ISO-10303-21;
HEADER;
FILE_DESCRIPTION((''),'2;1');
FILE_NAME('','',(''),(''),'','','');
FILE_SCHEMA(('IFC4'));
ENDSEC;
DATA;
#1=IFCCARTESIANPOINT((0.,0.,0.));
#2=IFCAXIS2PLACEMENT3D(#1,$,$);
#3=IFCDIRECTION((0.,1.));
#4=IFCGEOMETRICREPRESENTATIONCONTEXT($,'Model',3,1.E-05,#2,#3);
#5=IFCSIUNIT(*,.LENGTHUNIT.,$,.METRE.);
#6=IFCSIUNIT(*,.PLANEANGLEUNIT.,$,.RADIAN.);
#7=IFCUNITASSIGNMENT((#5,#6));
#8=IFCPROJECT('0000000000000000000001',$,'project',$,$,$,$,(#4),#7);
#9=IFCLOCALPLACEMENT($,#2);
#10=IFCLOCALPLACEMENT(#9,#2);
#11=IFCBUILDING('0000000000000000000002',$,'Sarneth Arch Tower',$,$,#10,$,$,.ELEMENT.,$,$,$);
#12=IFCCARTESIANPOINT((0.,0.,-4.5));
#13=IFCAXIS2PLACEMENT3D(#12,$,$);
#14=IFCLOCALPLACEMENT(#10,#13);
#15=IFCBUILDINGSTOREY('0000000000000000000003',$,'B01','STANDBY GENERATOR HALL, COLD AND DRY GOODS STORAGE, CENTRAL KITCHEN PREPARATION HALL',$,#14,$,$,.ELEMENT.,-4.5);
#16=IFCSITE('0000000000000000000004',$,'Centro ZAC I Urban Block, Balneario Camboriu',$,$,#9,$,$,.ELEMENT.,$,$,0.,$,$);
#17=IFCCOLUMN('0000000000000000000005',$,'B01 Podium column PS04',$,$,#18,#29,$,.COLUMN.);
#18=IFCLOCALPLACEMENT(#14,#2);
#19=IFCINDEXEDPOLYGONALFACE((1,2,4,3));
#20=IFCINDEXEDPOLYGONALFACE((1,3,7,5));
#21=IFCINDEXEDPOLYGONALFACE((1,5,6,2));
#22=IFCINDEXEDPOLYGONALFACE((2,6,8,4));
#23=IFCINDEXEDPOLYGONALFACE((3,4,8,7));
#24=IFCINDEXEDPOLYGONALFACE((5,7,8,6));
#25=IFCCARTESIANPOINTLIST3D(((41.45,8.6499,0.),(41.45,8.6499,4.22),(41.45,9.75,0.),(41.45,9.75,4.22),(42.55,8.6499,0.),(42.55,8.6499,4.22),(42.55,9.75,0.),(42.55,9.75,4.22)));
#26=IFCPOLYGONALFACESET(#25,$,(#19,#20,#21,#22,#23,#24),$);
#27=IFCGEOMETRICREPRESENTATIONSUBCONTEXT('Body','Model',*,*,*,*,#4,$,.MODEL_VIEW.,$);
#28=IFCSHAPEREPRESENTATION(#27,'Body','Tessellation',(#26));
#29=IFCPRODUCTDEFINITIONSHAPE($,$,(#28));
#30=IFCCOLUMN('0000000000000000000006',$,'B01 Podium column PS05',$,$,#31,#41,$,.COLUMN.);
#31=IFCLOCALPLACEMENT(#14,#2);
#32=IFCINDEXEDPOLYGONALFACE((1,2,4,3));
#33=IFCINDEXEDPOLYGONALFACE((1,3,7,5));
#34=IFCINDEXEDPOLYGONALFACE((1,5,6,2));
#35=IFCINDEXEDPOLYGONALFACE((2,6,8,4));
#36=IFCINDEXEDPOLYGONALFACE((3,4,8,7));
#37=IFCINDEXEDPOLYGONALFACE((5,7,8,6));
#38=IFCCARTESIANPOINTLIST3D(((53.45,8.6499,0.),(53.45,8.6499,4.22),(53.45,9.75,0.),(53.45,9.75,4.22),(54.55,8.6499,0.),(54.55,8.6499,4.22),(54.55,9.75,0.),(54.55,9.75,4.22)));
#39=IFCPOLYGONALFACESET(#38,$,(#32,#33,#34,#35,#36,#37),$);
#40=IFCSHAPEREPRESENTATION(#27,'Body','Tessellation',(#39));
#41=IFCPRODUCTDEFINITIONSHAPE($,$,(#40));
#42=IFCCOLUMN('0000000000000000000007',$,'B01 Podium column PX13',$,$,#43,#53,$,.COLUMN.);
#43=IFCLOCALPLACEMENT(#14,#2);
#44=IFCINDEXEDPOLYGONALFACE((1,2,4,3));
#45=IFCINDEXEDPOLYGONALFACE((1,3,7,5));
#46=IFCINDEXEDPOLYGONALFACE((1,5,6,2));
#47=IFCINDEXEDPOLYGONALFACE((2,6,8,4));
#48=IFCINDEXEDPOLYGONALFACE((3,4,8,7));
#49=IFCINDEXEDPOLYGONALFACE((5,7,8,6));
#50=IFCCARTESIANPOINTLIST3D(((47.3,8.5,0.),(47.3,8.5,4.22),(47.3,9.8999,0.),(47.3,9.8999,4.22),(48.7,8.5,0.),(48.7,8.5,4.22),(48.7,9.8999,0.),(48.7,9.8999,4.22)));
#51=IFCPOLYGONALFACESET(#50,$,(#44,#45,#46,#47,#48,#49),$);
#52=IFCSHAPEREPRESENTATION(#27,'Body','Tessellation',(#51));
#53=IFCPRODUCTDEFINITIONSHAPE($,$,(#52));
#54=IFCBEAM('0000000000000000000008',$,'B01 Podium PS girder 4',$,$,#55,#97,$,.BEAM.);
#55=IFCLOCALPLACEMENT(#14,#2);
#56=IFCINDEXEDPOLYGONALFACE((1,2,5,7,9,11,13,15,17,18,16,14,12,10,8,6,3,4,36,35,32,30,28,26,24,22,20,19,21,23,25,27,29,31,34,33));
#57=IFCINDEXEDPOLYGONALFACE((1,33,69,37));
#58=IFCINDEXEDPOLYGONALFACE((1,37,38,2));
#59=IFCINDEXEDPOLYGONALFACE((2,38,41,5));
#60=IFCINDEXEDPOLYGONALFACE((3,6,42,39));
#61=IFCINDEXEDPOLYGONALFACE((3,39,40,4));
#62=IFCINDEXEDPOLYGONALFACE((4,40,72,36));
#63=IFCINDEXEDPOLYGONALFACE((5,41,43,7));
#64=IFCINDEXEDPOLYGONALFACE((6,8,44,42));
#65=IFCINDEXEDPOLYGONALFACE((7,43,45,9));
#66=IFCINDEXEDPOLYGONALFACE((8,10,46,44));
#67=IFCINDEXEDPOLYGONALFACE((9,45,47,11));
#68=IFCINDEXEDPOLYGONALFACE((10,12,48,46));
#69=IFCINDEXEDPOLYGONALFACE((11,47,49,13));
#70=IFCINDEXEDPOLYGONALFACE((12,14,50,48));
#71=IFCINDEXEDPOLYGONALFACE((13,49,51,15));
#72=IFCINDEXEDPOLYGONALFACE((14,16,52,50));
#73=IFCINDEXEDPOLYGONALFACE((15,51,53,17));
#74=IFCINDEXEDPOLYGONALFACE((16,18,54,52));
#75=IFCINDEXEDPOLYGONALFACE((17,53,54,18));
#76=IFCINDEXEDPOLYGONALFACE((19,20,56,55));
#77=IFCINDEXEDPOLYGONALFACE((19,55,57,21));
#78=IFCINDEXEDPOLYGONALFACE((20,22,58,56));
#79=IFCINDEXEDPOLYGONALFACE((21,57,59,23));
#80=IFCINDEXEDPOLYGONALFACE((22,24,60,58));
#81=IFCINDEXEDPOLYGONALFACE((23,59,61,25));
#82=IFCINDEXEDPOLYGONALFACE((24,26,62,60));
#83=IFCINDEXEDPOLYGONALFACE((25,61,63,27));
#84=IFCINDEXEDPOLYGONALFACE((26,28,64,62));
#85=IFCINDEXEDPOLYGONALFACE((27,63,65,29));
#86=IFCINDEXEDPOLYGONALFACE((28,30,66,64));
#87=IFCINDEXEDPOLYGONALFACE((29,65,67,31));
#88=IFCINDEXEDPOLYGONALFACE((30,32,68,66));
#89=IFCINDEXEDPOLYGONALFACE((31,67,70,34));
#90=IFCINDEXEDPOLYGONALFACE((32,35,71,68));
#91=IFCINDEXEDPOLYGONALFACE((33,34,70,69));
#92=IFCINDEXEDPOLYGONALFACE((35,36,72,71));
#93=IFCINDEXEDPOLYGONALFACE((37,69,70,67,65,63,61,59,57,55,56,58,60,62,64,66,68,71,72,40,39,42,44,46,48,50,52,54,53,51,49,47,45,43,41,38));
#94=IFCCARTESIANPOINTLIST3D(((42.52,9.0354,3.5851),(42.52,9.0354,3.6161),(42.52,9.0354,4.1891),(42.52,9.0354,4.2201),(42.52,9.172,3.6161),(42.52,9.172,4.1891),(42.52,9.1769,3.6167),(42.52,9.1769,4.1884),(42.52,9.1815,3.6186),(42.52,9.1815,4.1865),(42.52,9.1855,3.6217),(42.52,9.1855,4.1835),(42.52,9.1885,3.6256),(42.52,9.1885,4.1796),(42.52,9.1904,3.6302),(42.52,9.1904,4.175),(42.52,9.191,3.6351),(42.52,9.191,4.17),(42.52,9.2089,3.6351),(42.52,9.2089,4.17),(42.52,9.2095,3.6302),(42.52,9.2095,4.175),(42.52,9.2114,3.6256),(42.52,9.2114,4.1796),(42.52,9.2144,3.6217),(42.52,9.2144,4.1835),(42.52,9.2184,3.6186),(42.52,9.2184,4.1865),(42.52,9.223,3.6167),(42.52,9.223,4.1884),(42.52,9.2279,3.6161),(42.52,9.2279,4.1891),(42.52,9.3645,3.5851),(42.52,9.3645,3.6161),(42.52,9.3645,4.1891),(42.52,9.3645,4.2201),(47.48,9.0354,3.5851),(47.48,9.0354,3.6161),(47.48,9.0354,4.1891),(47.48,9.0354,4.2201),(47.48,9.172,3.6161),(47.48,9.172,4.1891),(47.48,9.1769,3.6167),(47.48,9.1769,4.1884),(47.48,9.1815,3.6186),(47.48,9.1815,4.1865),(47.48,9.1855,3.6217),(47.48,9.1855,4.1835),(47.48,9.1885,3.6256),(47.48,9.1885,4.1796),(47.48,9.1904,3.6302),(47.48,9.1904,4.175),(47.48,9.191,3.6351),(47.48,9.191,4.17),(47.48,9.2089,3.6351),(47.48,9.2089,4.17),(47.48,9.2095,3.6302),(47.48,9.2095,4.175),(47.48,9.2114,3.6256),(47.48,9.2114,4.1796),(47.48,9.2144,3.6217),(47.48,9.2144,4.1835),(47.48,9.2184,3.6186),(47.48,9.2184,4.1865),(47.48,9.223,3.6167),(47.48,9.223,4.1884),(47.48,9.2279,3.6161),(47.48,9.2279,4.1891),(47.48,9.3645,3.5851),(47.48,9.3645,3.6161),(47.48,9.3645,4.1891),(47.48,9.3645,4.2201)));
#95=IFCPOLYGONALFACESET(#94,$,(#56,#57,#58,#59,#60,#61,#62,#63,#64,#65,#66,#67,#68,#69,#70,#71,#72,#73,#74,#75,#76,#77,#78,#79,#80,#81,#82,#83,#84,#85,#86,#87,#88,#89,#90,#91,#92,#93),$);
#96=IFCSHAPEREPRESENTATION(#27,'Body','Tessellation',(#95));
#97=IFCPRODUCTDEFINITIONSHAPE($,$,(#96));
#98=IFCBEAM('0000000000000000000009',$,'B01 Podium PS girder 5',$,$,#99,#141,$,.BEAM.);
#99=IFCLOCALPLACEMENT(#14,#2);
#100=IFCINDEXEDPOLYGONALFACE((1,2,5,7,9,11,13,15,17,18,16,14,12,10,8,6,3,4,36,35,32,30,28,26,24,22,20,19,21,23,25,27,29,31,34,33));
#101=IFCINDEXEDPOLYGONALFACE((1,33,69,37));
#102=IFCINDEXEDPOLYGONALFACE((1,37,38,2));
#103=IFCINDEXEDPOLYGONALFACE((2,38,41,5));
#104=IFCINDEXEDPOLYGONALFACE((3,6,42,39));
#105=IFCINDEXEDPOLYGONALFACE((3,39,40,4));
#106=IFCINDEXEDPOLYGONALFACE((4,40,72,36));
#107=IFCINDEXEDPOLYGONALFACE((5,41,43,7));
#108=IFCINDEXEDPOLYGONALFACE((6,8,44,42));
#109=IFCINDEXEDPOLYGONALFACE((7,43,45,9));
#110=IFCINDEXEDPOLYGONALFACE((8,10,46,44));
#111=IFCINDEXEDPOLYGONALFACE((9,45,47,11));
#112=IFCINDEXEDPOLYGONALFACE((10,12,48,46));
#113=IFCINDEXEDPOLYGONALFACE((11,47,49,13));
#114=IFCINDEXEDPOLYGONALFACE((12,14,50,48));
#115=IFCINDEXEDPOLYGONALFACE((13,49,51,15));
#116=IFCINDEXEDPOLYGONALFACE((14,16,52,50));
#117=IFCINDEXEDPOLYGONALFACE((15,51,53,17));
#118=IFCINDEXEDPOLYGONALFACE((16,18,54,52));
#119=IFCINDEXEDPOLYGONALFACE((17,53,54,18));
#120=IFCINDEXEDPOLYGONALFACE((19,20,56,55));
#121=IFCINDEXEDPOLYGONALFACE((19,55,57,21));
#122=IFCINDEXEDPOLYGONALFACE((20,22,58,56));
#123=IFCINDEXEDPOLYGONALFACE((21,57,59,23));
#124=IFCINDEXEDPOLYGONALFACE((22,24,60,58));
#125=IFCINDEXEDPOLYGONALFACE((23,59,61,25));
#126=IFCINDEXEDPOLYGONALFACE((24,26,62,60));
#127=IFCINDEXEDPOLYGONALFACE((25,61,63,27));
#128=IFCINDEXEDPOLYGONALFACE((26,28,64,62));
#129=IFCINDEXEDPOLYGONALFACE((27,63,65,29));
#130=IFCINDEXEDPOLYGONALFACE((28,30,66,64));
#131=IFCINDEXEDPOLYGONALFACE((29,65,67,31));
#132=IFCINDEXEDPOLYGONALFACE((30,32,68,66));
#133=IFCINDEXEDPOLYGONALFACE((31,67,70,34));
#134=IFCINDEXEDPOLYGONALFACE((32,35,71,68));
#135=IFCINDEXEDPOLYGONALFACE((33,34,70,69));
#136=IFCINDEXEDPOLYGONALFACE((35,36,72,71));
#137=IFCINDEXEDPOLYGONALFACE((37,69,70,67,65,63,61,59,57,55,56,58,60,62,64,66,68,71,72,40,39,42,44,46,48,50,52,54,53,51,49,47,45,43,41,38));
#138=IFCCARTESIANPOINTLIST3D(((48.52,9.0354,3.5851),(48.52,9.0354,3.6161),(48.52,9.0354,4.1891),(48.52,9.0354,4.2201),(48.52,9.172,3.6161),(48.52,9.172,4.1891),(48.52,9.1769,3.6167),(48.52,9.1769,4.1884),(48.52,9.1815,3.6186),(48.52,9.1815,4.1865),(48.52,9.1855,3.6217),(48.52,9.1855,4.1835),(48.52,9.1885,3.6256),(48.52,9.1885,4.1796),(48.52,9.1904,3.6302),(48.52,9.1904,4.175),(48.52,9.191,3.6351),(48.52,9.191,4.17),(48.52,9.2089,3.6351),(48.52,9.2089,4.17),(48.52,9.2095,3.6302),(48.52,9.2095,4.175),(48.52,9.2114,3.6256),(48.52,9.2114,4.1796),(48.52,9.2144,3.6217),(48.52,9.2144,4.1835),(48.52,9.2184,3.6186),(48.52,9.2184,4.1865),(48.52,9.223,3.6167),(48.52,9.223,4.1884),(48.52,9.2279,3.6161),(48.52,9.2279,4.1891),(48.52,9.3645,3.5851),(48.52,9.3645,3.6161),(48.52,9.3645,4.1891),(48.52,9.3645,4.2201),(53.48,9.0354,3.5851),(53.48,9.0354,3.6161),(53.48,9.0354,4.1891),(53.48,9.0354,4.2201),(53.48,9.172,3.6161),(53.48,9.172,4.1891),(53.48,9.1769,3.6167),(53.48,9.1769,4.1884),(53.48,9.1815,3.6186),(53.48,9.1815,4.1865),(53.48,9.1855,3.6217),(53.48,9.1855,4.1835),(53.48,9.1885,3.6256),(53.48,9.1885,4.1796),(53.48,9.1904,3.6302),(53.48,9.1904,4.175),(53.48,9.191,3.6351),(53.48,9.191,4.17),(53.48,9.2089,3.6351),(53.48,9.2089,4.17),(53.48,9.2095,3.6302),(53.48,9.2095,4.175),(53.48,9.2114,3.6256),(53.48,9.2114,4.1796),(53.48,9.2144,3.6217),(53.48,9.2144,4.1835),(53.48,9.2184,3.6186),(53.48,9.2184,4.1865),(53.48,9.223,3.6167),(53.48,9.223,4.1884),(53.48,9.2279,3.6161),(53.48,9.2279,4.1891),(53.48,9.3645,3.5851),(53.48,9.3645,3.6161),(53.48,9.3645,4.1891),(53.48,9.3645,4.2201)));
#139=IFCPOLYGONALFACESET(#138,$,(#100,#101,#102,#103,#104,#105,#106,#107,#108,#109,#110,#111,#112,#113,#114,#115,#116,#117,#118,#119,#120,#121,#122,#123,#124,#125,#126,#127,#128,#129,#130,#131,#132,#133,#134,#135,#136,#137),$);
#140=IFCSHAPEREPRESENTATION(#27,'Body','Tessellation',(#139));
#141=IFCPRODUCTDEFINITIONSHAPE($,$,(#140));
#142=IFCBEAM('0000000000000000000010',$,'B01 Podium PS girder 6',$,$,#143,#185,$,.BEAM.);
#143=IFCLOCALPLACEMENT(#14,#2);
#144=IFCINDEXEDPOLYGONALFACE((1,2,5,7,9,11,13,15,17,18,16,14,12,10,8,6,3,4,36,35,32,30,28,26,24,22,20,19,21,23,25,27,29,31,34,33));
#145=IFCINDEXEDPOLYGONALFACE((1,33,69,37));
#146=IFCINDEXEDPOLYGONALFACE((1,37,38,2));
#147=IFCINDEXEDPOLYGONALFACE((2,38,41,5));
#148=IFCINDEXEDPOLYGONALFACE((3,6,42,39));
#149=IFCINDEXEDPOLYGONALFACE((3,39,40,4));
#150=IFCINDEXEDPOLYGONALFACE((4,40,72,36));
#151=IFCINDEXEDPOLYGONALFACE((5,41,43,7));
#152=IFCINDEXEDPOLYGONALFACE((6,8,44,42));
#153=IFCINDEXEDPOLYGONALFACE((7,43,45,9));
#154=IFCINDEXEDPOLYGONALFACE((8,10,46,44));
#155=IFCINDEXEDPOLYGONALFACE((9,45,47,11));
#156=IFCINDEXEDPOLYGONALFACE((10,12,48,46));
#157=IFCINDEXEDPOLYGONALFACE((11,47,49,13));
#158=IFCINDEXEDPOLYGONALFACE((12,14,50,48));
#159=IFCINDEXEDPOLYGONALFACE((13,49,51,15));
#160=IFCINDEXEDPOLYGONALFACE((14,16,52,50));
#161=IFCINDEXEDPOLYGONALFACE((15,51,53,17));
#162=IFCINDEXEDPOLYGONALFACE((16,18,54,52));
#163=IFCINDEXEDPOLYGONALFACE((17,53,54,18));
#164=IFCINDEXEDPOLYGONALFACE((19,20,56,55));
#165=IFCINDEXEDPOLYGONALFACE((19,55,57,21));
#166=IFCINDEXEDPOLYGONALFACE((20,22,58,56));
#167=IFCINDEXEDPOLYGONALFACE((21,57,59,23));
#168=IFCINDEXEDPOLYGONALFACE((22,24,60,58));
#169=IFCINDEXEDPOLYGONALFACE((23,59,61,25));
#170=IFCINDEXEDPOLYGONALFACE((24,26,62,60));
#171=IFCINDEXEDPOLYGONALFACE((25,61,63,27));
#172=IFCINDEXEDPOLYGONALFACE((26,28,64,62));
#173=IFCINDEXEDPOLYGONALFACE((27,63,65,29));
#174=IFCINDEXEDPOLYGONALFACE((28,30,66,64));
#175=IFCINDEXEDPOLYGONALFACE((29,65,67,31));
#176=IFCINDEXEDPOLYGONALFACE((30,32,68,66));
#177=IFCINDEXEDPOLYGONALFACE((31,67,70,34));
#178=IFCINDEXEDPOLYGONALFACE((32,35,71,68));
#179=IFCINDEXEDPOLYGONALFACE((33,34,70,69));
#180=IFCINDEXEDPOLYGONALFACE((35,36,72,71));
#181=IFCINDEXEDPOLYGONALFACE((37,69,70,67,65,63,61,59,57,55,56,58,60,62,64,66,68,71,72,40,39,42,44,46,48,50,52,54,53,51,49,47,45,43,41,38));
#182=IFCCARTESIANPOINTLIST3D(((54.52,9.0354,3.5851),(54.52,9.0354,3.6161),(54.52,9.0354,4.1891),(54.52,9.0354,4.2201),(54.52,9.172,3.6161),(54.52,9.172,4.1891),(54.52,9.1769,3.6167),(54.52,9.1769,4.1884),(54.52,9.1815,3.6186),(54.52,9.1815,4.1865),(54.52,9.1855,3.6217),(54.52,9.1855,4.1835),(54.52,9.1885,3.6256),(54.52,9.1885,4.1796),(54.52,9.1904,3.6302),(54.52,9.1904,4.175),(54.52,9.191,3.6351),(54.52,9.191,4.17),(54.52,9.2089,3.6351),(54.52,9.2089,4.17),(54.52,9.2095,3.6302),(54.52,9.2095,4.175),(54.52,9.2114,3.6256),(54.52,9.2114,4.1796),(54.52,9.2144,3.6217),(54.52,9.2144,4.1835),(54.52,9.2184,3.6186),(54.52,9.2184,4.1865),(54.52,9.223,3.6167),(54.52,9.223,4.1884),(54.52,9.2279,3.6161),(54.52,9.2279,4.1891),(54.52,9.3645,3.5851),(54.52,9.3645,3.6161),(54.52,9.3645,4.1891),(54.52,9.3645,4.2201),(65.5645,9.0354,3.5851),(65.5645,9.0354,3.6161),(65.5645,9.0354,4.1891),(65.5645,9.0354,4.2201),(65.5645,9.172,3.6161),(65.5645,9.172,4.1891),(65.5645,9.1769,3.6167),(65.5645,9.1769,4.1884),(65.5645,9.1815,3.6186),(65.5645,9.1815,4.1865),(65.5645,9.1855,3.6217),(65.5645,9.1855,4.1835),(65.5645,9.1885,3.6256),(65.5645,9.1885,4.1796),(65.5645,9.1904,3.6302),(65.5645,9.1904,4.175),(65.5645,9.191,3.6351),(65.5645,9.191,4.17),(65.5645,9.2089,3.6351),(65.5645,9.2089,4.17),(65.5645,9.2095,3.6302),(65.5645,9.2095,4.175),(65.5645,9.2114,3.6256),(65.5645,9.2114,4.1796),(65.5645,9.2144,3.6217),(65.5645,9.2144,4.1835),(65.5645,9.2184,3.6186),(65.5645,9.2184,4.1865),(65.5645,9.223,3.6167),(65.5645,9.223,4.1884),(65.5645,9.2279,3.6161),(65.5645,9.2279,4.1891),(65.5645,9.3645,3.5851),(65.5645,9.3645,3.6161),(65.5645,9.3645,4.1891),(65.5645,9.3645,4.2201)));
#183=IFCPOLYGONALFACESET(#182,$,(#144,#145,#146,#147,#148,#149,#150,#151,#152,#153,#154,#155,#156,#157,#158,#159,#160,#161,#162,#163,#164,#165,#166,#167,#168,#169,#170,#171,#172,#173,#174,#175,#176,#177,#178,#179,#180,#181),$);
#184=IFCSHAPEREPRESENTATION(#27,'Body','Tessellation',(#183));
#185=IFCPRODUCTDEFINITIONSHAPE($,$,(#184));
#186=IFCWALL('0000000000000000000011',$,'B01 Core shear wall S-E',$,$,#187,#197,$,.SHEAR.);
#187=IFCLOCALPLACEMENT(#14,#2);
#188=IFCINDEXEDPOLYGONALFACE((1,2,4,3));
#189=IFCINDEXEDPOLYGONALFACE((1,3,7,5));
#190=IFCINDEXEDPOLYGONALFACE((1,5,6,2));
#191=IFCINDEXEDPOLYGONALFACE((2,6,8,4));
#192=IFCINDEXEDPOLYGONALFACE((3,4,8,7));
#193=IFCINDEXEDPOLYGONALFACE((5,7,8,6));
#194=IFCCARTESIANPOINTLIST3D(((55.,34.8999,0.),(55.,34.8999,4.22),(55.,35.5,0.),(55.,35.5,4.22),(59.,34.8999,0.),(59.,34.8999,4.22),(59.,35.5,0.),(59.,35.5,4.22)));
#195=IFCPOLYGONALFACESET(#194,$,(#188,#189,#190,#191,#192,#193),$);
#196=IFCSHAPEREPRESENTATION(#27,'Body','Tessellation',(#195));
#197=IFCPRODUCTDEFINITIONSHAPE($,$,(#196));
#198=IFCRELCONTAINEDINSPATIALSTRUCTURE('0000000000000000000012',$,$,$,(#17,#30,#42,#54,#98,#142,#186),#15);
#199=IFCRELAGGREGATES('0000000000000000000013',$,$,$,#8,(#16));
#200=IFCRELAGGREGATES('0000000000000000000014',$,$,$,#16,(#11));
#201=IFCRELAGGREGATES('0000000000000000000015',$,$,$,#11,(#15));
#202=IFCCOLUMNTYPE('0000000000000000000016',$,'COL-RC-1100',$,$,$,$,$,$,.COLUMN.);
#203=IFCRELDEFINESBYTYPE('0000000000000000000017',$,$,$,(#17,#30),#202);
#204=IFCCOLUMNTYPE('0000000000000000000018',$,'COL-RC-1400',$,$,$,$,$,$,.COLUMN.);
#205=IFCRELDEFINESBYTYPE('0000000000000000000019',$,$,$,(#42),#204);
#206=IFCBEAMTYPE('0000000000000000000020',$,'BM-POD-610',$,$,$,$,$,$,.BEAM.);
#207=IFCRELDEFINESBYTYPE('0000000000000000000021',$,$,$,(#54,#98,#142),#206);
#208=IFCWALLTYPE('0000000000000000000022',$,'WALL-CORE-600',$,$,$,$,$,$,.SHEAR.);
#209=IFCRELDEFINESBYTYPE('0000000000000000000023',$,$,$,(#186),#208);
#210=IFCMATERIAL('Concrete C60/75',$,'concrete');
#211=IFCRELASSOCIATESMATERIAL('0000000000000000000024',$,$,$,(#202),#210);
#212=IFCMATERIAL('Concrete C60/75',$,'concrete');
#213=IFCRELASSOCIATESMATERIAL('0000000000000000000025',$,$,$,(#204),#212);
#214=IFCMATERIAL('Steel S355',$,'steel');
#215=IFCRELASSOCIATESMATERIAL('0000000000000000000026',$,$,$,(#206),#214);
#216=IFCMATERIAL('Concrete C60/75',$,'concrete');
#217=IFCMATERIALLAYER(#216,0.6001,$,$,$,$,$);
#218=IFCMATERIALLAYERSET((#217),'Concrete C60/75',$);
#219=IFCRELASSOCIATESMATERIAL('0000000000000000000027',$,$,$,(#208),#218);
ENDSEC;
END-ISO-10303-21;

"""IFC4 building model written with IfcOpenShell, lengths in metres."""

from ifc_helpers import new_model, si_unit, direction, frame, frame_2d, origin, origin_2d, place, context, subcontext, project, spatial, rectangle, i_section, extrude, material, layer, layer_set, material_profile, profile_set, type_object, element, save


model = new_model("IFC4")

# Units and contexts
model_context = context("Model", 3, precision=1e-05, world=origin(), true_north=direction((0.0, 1.0)))
body_context = subcontext(model_context, "Body", "Model", "MODEL_VIEW")
ifc_project = project(units=[si_unit("LENGTHUNIT", "METRE"), si_unit("PLANEANGLEUNIT", "RADIAN")], contexts=[model_context])

# Site, building, storey
site_placement = place(None, origin())
site = spatial("IfcSite", under=ifc_project, at=site_placement, Name="Centro ZAC I Urban Block, Balneario Camboriu", CompositionType="ELEMENT", RefElevation=0.0)
building_placement = place(site_placement, origin())
building = spatial("IfcBuilding", under=site, at=building_placement, Name="Sarneth Arch Tower", CompositionType="ELEMENT")
storey_placement = place(building_placement, frame((0.0, 0.0, -4.5)))
storey = spatial("IfcBuildingStorey", under=building, at=storey_placement, Name="B01", Description="STANDBY GENERATOR HALL, COLD AND DRY GOODS STORAGE, CENTRAL KITCHEN PREPARATION HALL", CompositionType="ELEMENT", Elevation=-4.5)

# Columns
ifc_material_1 = material(Name="Concrete C60/75", Category="concrete")
ifc_material_profile_1 = material_profile(ifc_material_1, rectangle(XDim=1.1001, YDim=1.1001, at=origin_2d()), Name="RC-1100x1100")
ifc_profile_set_1 = profile_set([ifc_material_profile_1], Name="Concrete C60/75")
column_type_1 = type_object("IfcColumnType", Name="COL-RC-1100", PredefinedType="COLUMN", material=ifc_profile_set_1)
for number, where, z_axis, x_axis, name in (
    (1, (42.0, 9.2, 0.0), (0.0, 0.0, 1.0), (1.0, 0.0, 0.0), "B01 Podium column PS04"),
    (2, (54.0, 9.2, 0.0), (0.0, 0.0, 1.0), (1.0, 0.0, 0.0), "B01 Podium column PS05"),
):
    element("IfcColumn", number, at=place(storey_placement, frame(where, z_axis=z_axis, x_axis=x_axis)), inside=storey, type_object=column_type_1, Name=name, PredefinedType="COLUMN", context=body_context, shape_type="SweptSolid", body=[
        extrude(rectangle(XDim=1.1001, YDim=1.1001, at=origin_2d()), origin(), (0.0, 0.0, 1.0), 4.22),
    ])
ifc_material_2 = material(Name="Concrete C60/75", Category="concrete")
ifc_material_profile_2 = material_profile(ifc_material_2, rectangle(XDim=1.3999, YDim=1.3999, at=origin_2d()), Name="RC-1400x1400")
ifc_profile_set_2 = profile_set([ifc_material_profile_2], Name="Concrete C60/75")
column_type_2 = type_object("IfcColumnType", Name="COL-RC-1400", PredefinedType="COLUMN", material=ifc_profile_set_2)
column_placement = place(storey_placement, frame((48.0, 9.2, 0.0), z_axis=(0.0, 0.0, 1.0), x_axis=(1.0, 0.0, 0.0)))
element("IfcColumn", 3, at=column_placement, inside=storey, type_object=column_type_2, Name="B01 Podium column PX13", PredefinedType="COLUMN", context=body_context, shape_type="SweptSolid", body=[
    extrude(rectangle(XDim=1.3999, YDim=1.3999, at=origin_2d()), origin(), (0.0, 0.0, 1.0), 4.22),
])

# Beams
ifc_material_3 = material(Name="Steel S355", Category="steel")
ifc_material_profile_3 = material_profile(ifc_material_3, i_section(OverallWidth=0.3291, OverallDepth=0.635, WebThickness=0.0178, FlangeThickness=0.031, FilletRadius=0.019, at=origin_2d()), Name="W610x241")
ifc_profile_set_3 = profile_set([ifc_material_profile_3], Name="Steel S355")
beam_type = type_object("IfcBeamType", Name="BM-POD-610", PredefinedType="BEAM", material=ifc_profile_set_3)
for number, where, z_axis, x_axis, name in (
    (4, (42.52, 9.2, 3.9026), (1.0, 0.0, 0.0), (0.0, 1.0, 0.0), "B01 Podium PS girder 4"),
    (5, (48.52, 9.2, 3.9026), (1.0, 0.0, 0.0), (0.0, 1.0, 0.0), "B01 Podium PS girder 5"),
):
    element("IfcBeam", number, at=place(storey_placement, frame(where, z_axis=z_axis, x_axis=x_axis)), inside=storey, type_object=beam_type, Name=name, PredefinedType="BEAM", context=body_context, shape_type="SweptSolid", body=[
        extrude(i_section(OverallWidth=0.3291, OverallDepth=0.635, WebThickness=0.0178, FlangeThickness=0.031, FilletRadius=0.019, at=origin_2d()), origin(), (0.0, 0.0, 1.0), 4.96),
    ])
beam_placement = place(storey_placement, frame((54.52, 9.2, 3.9026), z_axis=(1.0, 0.0, 0.0), x_axis=(0.0, 1.0, 0.0)))
element("IfcBeam", 6, at=beam_placement, inside=storey, type_object=beam_type, Name="B01 Podium PS girder 6", PredefinedType="BEAM", context=body_context, shape_type="SweptSolid", body=[
    extrude(i_section(OverallWidth=0.3291, OverallDepth=0.635, WebThickness=0.0178, FlangeThickness=0.031, FilletRadius=0.019, at=origin_2d()), origin(), (0.0, 0.0, 1.0), 11.0444),
])

# Wall
ifc_material_4 = material(Name="Concrete C60/75", Category="concrete")
ifc_layer_1 = layer(ifc_material_4, 0.6001)
ifc_layer_set_1 = layer_set([ifc_layer_1], Name="Concrete C60/75")
wall_type_1 = type_object("IfcWallType", Name="WALL-CORE-600", PredefinedType="SHEAR", material=ifc_layer_set_1)
wall_1_placement = place(storey_placement, frame((55.0, 35.2, 0.0), z_axis=(0.0, 0.0, 1.0), x_axis=(1.0, 0.0, 0.0)))
element("IfcWall", 7, at=wall_1_placement, inside=storey, type_object=wall_type_1, Name="B01 Core shear wall S-E", PredefinedType="SHEAR", context=body_context, shape_type="SweptSolid", body=[
    extrude(rectangle(XDim=4.0, YDim=0.6001, at=frame_2d((2.0, 0.0))), origin(), (0.0, 0.0, 1.0), 4.22),
])

save(model, "model.ifc")
